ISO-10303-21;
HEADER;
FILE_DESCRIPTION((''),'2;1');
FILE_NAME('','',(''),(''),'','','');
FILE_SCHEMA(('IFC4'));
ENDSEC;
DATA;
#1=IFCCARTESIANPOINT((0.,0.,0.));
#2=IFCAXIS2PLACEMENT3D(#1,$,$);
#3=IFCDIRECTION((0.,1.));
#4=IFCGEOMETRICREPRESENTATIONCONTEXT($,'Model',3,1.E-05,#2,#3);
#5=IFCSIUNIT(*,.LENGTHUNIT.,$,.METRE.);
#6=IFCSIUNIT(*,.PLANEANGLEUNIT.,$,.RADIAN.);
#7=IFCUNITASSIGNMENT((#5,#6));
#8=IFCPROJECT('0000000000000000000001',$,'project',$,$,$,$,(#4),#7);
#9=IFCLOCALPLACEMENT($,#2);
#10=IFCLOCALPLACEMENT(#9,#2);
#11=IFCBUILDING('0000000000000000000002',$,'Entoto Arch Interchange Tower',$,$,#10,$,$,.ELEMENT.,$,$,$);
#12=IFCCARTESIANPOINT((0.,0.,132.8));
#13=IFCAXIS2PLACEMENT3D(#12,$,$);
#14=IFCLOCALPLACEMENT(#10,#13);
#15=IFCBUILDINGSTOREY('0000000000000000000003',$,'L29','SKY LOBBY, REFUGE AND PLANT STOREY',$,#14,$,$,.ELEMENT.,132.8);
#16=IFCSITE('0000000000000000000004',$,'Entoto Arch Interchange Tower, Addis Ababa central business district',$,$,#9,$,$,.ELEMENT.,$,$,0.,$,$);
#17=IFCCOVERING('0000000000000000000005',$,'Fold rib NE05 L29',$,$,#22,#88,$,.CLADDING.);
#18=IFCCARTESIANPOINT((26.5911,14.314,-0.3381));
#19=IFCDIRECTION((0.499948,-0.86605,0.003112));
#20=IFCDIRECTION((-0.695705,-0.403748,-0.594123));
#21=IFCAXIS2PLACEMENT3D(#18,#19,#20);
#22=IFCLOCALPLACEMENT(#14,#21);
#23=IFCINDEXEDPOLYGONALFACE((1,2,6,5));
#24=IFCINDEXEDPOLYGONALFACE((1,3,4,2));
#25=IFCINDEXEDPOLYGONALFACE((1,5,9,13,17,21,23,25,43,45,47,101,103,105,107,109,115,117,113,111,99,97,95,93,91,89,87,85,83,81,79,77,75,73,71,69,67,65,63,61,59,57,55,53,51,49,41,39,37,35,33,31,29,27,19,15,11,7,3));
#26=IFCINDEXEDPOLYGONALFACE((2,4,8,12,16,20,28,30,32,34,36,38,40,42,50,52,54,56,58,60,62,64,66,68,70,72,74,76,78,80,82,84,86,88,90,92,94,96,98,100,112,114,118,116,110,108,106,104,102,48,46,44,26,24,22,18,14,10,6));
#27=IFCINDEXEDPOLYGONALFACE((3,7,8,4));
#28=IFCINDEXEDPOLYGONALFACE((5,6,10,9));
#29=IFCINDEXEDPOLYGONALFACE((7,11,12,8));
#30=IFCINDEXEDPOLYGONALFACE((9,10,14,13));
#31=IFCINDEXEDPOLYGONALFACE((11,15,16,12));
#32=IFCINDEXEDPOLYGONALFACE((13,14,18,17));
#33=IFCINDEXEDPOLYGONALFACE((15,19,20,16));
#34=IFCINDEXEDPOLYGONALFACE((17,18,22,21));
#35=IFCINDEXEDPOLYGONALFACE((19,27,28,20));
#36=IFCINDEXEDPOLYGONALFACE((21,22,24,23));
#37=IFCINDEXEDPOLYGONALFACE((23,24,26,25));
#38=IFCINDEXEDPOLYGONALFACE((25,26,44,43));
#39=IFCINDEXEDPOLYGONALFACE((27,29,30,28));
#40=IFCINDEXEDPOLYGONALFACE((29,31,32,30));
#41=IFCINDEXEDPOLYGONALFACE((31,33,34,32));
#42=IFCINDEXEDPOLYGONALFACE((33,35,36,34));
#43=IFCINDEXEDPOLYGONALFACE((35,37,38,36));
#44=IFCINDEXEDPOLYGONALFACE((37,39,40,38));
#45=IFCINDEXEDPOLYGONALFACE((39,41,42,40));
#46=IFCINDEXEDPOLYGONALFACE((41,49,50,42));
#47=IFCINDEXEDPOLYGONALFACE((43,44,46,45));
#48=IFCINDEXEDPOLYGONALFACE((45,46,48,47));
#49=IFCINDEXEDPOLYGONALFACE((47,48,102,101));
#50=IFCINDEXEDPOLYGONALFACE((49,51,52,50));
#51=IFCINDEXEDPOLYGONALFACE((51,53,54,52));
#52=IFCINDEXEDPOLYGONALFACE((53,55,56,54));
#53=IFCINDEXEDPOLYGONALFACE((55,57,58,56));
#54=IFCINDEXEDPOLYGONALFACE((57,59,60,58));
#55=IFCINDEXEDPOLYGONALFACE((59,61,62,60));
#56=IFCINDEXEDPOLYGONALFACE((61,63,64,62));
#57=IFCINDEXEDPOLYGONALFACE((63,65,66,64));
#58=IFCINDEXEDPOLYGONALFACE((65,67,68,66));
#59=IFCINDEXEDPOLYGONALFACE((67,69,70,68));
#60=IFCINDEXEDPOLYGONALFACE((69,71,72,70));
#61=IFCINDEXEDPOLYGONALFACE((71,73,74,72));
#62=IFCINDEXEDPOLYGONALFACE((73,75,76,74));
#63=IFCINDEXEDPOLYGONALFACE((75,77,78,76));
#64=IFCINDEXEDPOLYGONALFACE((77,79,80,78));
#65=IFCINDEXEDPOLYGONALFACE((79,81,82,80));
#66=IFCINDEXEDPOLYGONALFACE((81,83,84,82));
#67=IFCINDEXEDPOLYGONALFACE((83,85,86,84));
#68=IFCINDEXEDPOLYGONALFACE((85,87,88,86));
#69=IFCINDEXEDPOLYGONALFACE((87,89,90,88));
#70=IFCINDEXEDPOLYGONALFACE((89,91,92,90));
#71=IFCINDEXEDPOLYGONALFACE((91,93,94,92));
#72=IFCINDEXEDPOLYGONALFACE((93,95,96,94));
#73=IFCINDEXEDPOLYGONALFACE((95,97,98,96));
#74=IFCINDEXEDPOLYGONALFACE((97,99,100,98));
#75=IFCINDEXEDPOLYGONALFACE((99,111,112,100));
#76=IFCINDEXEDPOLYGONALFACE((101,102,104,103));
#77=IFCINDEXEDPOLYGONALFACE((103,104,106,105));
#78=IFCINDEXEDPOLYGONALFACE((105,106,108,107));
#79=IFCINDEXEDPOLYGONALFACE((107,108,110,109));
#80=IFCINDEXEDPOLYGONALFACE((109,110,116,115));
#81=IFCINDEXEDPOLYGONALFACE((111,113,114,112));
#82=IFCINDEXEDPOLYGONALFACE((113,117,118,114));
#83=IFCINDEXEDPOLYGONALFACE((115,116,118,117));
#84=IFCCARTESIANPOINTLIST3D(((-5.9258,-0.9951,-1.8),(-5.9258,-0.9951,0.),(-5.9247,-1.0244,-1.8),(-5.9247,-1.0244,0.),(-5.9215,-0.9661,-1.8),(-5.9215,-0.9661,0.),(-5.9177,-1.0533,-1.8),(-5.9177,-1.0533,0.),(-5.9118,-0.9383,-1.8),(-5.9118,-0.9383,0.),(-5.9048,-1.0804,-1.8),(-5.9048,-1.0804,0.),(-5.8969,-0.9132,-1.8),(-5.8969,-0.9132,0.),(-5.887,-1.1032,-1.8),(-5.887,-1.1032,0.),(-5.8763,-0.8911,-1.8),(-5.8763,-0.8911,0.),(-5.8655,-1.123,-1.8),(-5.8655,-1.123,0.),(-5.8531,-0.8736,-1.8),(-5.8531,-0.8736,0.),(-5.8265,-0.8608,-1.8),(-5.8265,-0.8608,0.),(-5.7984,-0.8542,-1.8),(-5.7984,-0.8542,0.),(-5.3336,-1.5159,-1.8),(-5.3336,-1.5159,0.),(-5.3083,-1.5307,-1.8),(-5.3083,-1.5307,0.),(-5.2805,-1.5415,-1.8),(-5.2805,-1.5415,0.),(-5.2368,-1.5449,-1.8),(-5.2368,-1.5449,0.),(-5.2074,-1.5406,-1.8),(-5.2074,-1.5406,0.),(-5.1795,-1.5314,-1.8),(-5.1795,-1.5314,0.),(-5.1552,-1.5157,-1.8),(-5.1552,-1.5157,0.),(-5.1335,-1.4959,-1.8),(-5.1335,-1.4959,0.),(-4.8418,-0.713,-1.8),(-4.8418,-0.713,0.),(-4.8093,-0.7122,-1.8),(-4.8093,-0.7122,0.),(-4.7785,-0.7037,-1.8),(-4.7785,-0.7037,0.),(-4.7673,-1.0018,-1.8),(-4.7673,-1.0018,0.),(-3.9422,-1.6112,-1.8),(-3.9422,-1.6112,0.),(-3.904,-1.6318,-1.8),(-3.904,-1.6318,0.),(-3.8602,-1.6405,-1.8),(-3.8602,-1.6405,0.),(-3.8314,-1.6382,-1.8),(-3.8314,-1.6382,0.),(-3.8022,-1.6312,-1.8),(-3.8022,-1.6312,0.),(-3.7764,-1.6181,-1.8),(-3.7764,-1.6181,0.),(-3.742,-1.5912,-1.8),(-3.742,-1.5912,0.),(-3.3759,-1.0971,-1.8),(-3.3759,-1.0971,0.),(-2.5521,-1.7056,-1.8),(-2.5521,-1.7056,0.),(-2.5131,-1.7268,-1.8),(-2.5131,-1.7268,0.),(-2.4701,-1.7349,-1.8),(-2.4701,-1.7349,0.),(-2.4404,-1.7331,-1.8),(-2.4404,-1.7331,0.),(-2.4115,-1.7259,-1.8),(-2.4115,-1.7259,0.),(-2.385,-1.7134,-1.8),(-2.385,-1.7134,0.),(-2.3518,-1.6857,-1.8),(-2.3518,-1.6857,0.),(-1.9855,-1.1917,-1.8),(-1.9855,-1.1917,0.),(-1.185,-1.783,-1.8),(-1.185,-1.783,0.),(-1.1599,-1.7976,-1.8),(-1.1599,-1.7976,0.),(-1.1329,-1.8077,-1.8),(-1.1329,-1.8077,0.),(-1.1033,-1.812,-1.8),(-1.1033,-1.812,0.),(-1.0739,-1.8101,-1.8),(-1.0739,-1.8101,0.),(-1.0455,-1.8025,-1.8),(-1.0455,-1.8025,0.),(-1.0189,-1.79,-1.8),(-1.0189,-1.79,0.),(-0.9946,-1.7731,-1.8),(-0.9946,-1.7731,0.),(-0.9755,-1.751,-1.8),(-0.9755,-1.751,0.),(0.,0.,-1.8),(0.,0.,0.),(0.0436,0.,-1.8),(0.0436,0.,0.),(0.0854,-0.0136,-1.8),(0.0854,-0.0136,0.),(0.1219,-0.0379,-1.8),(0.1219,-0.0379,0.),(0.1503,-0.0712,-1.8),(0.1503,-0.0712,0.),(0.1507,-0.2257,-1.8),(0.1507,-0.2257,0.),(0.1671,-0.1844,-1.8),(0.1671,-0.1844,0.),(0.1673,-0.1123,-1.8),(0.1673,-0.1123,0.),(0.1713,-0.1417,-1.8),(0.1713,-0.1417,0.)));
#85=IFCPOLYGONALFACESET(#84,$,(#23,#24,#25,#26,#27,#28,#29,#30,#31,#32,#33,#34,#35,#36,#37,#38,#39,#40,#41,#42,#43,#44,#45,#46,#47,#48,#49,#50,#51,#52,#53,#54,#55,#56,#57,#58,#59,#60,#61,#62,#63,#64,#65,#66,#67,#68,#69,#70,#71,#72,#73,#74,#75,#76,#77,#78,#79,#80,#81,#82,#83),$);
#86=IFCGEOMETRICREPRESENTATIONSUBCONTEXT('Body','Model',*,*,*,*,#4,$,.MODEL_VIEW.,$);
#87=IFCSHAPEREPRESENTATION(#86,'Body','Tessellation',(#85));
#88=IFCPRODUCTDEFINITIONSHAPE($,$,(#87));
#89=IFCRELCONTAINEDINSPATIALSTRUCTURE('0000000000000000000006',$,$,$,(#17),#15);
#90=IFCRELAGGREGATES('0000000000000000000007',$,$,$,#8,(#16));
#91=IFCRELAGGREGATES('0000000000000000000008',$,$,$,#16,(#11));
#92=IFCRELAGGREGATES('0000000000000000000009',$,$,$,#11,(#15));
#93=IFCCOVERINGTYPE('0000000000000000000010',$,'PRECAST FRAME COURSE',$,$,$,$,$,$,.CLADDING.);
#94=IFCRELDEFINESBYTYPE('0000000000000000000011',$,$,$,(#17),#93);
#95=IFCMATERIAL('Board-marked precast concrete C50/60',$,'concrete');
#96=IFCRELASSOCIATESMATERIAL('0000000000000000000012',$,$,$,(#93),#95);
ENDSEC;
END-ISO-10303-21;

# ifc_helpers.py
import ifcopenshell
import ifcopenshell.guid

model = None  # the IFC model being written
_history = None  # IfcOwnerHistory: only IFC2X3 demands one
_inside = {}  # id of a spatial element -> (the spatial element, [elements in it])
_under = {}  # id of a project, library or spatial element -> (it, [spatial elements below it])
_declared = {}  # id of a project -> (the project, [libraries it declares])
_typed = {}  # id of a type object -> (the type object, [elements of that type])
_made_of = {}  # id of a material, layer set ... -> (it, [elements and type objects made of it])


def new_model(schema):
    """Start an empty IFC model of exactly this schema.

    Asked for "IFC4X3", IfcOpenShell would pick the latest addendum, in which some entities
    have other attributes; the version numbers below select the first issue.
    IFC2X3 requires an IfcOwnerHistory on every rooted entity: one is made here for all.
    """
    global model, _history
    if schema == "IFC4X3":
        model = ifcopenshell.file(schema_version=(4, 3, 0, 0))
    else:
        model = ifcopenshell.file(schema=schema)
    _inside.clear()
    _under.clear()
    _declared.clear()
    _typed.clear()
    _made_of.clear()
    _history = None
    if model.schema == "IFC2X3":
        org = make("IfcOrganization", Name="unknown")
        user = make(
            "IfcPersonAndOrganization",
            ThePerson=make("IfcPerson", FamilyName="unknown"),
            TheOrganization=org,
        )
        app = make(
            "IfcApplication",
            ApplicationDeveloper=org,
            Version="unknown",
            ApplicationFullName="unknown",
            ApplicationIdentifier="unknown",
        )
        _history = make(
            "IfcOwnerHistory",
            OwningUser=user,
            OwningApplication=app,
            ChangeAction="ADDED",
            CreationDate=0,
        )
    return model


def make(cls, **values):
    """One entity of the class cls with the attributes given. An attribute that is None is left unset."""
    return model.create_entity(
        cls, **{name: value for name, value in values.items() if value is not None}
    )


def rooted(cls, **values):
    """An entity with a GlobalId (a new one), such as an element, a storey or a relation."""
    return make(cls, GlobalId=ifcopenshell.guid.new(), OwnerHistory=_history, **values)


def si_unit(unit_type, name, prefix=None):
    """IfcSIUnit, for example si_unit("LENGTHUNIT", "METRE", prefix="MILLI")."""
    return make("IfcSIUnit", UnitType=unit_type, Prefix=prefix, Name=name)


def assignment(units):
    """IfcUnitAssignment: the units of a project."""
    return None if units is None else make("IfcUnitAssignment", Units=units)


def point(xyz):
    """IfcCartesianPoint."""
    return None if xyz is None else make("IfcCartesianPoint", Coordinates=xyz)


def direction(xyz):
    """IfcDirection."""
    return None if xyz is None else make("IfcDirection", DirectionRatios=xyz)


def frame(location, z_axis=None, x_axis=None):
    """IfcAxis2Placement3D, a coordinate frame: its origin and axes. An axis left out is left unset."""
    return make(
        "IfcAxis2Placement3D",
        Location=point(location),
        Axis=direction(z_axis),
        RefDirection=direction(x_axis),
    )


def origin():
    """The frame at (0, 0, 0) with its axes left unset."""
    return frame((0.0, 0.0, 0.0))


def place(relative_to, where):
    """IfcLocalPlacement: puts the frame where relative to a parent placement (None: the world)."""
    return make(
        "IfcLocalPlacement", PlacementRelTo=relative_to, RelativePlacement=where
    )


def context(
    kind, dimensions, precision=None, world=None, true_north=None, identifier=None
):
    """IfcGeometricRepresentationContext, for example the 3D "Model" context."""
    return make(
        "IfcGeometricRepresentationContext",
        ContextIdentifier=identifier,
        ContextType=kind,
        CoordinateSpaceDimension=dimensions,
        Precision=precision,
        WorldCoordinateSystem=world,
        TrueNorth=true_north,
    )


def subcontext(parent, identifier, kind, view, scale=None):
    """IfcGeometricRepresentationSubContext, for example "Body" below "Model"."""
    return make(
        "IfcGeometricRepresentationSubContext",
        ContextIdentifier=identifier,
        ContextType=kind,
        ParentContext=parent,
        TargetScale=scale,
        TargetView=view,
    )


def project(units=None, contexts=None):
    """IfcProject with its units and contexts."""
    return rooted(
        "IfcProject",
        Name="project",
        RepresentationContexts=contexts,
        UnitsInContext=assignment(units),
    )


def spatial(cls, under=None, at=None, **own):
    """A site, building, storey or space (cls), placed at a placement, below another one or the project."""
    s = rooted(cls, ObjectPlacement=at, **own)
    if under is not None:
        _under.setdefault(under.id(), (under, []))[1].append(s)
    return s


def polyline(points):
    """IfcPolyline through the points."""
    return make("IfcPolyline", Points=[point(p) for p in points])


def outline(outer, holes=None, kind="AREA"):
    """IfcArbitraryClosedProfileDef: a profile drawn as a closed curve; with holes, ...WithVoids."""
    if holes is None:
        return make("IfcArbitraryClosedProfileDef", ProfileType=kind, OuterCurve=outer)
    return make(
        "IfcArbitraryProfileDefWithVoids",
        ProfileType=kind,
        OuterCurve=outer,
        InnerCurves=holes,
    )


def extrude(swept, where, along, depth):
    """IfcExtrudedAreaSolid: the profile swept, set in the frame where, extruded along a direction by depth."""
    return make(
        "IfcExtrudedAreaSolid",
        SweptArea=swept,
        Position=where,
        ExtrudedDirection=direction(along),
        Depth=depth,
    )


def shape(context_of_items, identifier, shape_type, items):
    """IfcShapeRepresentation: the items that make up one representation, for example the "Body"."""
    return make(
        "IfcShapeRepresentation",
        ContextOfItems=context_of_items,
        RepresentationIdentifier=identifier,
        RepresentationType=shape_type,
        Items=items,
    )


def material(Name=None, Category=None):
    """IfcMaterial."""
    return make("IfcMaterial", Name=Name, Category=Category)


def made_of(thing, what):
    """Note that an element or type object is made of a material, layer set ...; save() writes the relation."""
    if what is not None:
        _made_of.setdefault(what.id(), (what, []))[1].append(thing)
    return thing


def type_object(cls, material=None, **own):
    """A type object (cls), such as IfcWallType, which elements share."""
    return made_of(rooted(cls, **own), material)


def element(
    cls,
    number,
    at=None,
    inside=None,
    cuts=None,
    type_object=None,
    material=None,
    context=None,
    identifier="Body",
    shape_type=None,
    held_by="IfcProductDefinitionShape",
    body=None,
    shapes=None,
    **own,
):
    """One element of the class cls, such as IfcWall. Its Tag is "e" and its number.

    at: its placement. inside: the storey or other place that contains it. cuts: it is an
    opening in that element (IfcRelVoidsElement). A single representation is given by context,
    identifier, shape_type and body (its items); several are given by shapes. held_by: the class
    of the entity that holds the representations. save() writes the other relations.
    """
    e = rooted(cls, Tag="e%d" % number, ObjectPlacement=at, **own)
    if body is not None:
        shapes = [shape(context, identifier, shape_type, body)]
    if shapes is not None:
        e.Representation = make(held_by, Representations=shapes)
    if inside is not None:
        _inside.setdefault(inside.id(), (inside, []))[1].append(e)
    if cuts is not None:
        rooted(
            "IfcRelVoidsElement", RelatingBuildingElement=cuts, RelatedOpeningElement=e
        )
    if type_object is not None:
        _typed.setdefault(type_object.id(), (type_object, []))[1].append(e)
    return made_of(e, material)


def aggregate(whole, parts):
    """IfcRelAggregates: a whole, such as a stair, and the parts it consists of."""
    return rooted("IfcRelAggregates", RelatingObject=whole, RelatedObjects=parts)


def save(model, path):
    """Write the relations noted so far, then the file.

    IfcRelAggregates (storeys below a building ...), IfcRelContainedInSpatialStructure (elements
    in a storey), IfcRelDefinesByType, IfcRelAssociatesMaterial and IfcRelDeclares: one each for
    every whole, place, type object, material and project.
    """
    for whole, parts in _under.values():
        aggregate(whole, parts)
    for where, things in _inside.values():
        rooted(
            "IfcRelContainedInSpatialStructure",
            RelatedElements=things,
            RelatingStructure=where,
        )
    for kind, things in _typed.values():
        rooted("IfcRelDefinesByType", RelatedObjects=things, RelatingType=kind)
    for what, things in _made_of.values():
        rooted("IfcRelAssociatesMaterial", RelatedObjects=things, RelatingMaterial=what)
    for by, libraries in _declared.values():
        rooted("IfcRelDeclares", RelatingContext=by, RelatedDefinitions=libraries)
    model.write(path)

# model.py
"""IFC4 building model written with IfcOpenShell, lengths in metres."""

from ifc_helpers import new_model, si_unit, direction, frame, origin, place, context, subcontext, project, spatial, polyline, outline, extrude, material, type_object, element, save


model = new_model("IFC4")

# Units and contexts
model_context = context("Model", 3, precision=1e-05, world=origin(), true_north=direction((0.0, 1.0)))
body_context = subcontext(model_context, "Body", "Model", "MODEL_VIEW")
ifc_project = project(units=[si_unit("LENGTHUNIT", "METRE"), si_unit("PLANEANGLEUNIT", "RADIAN")], contexts=[model_context])

# Site, building, storey
site_placement = place(None, origin())
site = spatial("IfcSite", under=ifc_project, at=site_placement, Name="Entoto Arch Interchange Tower, Addis Ababa central business district", CompositionType="ELEMENT", RefElevation=0.0)
building_placement = place(site_placement, origin())
building = spatial("IfcBuilding", under=site, at=building_placement, Name="Entoto Arch Interchange Tower", CompositionType="ELEMENT")
storey_placement = place(building_placement, frame((0.0, 0.0, 132.8)))
storey = spatial("IfcBuildingStorey", under=building, at=storey_placement, Name="L29", Description="SKY LOBBY, REFUGE AND PLANT STOREY", CompositionType="ELEMENT", Elevation=132.8)

# Shared definitions
ifc_material_1 = material(Name="Board-marked precast concrete C50/60", Category="concrete")

# Covering
covering_type = type_object("IfcCoveringType", Name="PRECAST FRAME COURSE", PredefinedType="CLADDING", material=ifc_material_1)
covering_placement = place(storey_placement, frame((26.5911, 14.314, -0.3381), z_axis=(0.499948, -0.86605, 0.003112), x_axis=(-0.695705, -0.403748, -0.594123)))
element("IfcCovering", 1, at=covering_placement, inside=storey, type_object=covering_type, Name="Fold rib NE05 L29", PredefinedType="CLADDING", context=body_context, shape_type="SweptSolid", body=[
    extrude(outline(polyline([(0.0, 0.0), (0.0436, 0.0), (0.0854, -0.0136), (0.1219, -0.0379), (0.1503, -0.0712), (0.1673, -0.1123), (0.1713, -0.1417), (0.1671, -0.1844), (0.1507, -0.2257), (-0.9755, -1.751), (-0.9946, -1.7731), (-1.0189, -1.79), (-1.0455, -1.8025), (-1.0739, -1.8101), (-1.1033, -1.812), (-1.1329, -1.8077), (-1.1599, -1.7976), (-1.185, -1.783), (-1.9855, -1.1917), (-2.3518, -1.6857), (-2.385, -1.7134), (-2.4115, -1.7259), (-2.4404, -1.7331), (-2.4701, -1.7349), (-2.5131, -1.7268), (-2.5521, -1.7056), (-3.3759, -1.0971), (-3.742, -1.5912), (-3.7764, -1.6181), (-3.8022, -1.6312), (-3.8314, -1.6382), (-3.8602, -1.6405), (-3.904, -1.6318), (-3.9422, -1.6112), (-4.7673, -1.0018), (-5.1335, -1.4959), (-5.1552, -1.5157), (-5.1795, -1.5314), (-5.2074, -1.5406), (-5.2368, -1.5449), (-5.2805, -1.5415), (-5.3083, -1.5307), (-5.3336, -1.5159), (-5.8655, -1.123), (-5.887, -1.1032), (-5.9048, -1.0804), (-5.9177, -1.0533), (-5.9247, -1.0244), (-5.9258, -0.9951), (-5.9215, -0.9661), (-5.9118, -0.9383), (-5.8969, -0.9132), (-5.8763, -0.8911), (-5.8531, -0.8736), (-5.8265, -0.8608), (-5.7984, -0.8542), (-4.8418, -0.713), (-4.8093, -0.7122), (-4.7785, -0.7037), (0.0, 0.0)])), origin(), (0.0, 0.0, -1.0), 1.8),
])

save(model, "model.ifc")
